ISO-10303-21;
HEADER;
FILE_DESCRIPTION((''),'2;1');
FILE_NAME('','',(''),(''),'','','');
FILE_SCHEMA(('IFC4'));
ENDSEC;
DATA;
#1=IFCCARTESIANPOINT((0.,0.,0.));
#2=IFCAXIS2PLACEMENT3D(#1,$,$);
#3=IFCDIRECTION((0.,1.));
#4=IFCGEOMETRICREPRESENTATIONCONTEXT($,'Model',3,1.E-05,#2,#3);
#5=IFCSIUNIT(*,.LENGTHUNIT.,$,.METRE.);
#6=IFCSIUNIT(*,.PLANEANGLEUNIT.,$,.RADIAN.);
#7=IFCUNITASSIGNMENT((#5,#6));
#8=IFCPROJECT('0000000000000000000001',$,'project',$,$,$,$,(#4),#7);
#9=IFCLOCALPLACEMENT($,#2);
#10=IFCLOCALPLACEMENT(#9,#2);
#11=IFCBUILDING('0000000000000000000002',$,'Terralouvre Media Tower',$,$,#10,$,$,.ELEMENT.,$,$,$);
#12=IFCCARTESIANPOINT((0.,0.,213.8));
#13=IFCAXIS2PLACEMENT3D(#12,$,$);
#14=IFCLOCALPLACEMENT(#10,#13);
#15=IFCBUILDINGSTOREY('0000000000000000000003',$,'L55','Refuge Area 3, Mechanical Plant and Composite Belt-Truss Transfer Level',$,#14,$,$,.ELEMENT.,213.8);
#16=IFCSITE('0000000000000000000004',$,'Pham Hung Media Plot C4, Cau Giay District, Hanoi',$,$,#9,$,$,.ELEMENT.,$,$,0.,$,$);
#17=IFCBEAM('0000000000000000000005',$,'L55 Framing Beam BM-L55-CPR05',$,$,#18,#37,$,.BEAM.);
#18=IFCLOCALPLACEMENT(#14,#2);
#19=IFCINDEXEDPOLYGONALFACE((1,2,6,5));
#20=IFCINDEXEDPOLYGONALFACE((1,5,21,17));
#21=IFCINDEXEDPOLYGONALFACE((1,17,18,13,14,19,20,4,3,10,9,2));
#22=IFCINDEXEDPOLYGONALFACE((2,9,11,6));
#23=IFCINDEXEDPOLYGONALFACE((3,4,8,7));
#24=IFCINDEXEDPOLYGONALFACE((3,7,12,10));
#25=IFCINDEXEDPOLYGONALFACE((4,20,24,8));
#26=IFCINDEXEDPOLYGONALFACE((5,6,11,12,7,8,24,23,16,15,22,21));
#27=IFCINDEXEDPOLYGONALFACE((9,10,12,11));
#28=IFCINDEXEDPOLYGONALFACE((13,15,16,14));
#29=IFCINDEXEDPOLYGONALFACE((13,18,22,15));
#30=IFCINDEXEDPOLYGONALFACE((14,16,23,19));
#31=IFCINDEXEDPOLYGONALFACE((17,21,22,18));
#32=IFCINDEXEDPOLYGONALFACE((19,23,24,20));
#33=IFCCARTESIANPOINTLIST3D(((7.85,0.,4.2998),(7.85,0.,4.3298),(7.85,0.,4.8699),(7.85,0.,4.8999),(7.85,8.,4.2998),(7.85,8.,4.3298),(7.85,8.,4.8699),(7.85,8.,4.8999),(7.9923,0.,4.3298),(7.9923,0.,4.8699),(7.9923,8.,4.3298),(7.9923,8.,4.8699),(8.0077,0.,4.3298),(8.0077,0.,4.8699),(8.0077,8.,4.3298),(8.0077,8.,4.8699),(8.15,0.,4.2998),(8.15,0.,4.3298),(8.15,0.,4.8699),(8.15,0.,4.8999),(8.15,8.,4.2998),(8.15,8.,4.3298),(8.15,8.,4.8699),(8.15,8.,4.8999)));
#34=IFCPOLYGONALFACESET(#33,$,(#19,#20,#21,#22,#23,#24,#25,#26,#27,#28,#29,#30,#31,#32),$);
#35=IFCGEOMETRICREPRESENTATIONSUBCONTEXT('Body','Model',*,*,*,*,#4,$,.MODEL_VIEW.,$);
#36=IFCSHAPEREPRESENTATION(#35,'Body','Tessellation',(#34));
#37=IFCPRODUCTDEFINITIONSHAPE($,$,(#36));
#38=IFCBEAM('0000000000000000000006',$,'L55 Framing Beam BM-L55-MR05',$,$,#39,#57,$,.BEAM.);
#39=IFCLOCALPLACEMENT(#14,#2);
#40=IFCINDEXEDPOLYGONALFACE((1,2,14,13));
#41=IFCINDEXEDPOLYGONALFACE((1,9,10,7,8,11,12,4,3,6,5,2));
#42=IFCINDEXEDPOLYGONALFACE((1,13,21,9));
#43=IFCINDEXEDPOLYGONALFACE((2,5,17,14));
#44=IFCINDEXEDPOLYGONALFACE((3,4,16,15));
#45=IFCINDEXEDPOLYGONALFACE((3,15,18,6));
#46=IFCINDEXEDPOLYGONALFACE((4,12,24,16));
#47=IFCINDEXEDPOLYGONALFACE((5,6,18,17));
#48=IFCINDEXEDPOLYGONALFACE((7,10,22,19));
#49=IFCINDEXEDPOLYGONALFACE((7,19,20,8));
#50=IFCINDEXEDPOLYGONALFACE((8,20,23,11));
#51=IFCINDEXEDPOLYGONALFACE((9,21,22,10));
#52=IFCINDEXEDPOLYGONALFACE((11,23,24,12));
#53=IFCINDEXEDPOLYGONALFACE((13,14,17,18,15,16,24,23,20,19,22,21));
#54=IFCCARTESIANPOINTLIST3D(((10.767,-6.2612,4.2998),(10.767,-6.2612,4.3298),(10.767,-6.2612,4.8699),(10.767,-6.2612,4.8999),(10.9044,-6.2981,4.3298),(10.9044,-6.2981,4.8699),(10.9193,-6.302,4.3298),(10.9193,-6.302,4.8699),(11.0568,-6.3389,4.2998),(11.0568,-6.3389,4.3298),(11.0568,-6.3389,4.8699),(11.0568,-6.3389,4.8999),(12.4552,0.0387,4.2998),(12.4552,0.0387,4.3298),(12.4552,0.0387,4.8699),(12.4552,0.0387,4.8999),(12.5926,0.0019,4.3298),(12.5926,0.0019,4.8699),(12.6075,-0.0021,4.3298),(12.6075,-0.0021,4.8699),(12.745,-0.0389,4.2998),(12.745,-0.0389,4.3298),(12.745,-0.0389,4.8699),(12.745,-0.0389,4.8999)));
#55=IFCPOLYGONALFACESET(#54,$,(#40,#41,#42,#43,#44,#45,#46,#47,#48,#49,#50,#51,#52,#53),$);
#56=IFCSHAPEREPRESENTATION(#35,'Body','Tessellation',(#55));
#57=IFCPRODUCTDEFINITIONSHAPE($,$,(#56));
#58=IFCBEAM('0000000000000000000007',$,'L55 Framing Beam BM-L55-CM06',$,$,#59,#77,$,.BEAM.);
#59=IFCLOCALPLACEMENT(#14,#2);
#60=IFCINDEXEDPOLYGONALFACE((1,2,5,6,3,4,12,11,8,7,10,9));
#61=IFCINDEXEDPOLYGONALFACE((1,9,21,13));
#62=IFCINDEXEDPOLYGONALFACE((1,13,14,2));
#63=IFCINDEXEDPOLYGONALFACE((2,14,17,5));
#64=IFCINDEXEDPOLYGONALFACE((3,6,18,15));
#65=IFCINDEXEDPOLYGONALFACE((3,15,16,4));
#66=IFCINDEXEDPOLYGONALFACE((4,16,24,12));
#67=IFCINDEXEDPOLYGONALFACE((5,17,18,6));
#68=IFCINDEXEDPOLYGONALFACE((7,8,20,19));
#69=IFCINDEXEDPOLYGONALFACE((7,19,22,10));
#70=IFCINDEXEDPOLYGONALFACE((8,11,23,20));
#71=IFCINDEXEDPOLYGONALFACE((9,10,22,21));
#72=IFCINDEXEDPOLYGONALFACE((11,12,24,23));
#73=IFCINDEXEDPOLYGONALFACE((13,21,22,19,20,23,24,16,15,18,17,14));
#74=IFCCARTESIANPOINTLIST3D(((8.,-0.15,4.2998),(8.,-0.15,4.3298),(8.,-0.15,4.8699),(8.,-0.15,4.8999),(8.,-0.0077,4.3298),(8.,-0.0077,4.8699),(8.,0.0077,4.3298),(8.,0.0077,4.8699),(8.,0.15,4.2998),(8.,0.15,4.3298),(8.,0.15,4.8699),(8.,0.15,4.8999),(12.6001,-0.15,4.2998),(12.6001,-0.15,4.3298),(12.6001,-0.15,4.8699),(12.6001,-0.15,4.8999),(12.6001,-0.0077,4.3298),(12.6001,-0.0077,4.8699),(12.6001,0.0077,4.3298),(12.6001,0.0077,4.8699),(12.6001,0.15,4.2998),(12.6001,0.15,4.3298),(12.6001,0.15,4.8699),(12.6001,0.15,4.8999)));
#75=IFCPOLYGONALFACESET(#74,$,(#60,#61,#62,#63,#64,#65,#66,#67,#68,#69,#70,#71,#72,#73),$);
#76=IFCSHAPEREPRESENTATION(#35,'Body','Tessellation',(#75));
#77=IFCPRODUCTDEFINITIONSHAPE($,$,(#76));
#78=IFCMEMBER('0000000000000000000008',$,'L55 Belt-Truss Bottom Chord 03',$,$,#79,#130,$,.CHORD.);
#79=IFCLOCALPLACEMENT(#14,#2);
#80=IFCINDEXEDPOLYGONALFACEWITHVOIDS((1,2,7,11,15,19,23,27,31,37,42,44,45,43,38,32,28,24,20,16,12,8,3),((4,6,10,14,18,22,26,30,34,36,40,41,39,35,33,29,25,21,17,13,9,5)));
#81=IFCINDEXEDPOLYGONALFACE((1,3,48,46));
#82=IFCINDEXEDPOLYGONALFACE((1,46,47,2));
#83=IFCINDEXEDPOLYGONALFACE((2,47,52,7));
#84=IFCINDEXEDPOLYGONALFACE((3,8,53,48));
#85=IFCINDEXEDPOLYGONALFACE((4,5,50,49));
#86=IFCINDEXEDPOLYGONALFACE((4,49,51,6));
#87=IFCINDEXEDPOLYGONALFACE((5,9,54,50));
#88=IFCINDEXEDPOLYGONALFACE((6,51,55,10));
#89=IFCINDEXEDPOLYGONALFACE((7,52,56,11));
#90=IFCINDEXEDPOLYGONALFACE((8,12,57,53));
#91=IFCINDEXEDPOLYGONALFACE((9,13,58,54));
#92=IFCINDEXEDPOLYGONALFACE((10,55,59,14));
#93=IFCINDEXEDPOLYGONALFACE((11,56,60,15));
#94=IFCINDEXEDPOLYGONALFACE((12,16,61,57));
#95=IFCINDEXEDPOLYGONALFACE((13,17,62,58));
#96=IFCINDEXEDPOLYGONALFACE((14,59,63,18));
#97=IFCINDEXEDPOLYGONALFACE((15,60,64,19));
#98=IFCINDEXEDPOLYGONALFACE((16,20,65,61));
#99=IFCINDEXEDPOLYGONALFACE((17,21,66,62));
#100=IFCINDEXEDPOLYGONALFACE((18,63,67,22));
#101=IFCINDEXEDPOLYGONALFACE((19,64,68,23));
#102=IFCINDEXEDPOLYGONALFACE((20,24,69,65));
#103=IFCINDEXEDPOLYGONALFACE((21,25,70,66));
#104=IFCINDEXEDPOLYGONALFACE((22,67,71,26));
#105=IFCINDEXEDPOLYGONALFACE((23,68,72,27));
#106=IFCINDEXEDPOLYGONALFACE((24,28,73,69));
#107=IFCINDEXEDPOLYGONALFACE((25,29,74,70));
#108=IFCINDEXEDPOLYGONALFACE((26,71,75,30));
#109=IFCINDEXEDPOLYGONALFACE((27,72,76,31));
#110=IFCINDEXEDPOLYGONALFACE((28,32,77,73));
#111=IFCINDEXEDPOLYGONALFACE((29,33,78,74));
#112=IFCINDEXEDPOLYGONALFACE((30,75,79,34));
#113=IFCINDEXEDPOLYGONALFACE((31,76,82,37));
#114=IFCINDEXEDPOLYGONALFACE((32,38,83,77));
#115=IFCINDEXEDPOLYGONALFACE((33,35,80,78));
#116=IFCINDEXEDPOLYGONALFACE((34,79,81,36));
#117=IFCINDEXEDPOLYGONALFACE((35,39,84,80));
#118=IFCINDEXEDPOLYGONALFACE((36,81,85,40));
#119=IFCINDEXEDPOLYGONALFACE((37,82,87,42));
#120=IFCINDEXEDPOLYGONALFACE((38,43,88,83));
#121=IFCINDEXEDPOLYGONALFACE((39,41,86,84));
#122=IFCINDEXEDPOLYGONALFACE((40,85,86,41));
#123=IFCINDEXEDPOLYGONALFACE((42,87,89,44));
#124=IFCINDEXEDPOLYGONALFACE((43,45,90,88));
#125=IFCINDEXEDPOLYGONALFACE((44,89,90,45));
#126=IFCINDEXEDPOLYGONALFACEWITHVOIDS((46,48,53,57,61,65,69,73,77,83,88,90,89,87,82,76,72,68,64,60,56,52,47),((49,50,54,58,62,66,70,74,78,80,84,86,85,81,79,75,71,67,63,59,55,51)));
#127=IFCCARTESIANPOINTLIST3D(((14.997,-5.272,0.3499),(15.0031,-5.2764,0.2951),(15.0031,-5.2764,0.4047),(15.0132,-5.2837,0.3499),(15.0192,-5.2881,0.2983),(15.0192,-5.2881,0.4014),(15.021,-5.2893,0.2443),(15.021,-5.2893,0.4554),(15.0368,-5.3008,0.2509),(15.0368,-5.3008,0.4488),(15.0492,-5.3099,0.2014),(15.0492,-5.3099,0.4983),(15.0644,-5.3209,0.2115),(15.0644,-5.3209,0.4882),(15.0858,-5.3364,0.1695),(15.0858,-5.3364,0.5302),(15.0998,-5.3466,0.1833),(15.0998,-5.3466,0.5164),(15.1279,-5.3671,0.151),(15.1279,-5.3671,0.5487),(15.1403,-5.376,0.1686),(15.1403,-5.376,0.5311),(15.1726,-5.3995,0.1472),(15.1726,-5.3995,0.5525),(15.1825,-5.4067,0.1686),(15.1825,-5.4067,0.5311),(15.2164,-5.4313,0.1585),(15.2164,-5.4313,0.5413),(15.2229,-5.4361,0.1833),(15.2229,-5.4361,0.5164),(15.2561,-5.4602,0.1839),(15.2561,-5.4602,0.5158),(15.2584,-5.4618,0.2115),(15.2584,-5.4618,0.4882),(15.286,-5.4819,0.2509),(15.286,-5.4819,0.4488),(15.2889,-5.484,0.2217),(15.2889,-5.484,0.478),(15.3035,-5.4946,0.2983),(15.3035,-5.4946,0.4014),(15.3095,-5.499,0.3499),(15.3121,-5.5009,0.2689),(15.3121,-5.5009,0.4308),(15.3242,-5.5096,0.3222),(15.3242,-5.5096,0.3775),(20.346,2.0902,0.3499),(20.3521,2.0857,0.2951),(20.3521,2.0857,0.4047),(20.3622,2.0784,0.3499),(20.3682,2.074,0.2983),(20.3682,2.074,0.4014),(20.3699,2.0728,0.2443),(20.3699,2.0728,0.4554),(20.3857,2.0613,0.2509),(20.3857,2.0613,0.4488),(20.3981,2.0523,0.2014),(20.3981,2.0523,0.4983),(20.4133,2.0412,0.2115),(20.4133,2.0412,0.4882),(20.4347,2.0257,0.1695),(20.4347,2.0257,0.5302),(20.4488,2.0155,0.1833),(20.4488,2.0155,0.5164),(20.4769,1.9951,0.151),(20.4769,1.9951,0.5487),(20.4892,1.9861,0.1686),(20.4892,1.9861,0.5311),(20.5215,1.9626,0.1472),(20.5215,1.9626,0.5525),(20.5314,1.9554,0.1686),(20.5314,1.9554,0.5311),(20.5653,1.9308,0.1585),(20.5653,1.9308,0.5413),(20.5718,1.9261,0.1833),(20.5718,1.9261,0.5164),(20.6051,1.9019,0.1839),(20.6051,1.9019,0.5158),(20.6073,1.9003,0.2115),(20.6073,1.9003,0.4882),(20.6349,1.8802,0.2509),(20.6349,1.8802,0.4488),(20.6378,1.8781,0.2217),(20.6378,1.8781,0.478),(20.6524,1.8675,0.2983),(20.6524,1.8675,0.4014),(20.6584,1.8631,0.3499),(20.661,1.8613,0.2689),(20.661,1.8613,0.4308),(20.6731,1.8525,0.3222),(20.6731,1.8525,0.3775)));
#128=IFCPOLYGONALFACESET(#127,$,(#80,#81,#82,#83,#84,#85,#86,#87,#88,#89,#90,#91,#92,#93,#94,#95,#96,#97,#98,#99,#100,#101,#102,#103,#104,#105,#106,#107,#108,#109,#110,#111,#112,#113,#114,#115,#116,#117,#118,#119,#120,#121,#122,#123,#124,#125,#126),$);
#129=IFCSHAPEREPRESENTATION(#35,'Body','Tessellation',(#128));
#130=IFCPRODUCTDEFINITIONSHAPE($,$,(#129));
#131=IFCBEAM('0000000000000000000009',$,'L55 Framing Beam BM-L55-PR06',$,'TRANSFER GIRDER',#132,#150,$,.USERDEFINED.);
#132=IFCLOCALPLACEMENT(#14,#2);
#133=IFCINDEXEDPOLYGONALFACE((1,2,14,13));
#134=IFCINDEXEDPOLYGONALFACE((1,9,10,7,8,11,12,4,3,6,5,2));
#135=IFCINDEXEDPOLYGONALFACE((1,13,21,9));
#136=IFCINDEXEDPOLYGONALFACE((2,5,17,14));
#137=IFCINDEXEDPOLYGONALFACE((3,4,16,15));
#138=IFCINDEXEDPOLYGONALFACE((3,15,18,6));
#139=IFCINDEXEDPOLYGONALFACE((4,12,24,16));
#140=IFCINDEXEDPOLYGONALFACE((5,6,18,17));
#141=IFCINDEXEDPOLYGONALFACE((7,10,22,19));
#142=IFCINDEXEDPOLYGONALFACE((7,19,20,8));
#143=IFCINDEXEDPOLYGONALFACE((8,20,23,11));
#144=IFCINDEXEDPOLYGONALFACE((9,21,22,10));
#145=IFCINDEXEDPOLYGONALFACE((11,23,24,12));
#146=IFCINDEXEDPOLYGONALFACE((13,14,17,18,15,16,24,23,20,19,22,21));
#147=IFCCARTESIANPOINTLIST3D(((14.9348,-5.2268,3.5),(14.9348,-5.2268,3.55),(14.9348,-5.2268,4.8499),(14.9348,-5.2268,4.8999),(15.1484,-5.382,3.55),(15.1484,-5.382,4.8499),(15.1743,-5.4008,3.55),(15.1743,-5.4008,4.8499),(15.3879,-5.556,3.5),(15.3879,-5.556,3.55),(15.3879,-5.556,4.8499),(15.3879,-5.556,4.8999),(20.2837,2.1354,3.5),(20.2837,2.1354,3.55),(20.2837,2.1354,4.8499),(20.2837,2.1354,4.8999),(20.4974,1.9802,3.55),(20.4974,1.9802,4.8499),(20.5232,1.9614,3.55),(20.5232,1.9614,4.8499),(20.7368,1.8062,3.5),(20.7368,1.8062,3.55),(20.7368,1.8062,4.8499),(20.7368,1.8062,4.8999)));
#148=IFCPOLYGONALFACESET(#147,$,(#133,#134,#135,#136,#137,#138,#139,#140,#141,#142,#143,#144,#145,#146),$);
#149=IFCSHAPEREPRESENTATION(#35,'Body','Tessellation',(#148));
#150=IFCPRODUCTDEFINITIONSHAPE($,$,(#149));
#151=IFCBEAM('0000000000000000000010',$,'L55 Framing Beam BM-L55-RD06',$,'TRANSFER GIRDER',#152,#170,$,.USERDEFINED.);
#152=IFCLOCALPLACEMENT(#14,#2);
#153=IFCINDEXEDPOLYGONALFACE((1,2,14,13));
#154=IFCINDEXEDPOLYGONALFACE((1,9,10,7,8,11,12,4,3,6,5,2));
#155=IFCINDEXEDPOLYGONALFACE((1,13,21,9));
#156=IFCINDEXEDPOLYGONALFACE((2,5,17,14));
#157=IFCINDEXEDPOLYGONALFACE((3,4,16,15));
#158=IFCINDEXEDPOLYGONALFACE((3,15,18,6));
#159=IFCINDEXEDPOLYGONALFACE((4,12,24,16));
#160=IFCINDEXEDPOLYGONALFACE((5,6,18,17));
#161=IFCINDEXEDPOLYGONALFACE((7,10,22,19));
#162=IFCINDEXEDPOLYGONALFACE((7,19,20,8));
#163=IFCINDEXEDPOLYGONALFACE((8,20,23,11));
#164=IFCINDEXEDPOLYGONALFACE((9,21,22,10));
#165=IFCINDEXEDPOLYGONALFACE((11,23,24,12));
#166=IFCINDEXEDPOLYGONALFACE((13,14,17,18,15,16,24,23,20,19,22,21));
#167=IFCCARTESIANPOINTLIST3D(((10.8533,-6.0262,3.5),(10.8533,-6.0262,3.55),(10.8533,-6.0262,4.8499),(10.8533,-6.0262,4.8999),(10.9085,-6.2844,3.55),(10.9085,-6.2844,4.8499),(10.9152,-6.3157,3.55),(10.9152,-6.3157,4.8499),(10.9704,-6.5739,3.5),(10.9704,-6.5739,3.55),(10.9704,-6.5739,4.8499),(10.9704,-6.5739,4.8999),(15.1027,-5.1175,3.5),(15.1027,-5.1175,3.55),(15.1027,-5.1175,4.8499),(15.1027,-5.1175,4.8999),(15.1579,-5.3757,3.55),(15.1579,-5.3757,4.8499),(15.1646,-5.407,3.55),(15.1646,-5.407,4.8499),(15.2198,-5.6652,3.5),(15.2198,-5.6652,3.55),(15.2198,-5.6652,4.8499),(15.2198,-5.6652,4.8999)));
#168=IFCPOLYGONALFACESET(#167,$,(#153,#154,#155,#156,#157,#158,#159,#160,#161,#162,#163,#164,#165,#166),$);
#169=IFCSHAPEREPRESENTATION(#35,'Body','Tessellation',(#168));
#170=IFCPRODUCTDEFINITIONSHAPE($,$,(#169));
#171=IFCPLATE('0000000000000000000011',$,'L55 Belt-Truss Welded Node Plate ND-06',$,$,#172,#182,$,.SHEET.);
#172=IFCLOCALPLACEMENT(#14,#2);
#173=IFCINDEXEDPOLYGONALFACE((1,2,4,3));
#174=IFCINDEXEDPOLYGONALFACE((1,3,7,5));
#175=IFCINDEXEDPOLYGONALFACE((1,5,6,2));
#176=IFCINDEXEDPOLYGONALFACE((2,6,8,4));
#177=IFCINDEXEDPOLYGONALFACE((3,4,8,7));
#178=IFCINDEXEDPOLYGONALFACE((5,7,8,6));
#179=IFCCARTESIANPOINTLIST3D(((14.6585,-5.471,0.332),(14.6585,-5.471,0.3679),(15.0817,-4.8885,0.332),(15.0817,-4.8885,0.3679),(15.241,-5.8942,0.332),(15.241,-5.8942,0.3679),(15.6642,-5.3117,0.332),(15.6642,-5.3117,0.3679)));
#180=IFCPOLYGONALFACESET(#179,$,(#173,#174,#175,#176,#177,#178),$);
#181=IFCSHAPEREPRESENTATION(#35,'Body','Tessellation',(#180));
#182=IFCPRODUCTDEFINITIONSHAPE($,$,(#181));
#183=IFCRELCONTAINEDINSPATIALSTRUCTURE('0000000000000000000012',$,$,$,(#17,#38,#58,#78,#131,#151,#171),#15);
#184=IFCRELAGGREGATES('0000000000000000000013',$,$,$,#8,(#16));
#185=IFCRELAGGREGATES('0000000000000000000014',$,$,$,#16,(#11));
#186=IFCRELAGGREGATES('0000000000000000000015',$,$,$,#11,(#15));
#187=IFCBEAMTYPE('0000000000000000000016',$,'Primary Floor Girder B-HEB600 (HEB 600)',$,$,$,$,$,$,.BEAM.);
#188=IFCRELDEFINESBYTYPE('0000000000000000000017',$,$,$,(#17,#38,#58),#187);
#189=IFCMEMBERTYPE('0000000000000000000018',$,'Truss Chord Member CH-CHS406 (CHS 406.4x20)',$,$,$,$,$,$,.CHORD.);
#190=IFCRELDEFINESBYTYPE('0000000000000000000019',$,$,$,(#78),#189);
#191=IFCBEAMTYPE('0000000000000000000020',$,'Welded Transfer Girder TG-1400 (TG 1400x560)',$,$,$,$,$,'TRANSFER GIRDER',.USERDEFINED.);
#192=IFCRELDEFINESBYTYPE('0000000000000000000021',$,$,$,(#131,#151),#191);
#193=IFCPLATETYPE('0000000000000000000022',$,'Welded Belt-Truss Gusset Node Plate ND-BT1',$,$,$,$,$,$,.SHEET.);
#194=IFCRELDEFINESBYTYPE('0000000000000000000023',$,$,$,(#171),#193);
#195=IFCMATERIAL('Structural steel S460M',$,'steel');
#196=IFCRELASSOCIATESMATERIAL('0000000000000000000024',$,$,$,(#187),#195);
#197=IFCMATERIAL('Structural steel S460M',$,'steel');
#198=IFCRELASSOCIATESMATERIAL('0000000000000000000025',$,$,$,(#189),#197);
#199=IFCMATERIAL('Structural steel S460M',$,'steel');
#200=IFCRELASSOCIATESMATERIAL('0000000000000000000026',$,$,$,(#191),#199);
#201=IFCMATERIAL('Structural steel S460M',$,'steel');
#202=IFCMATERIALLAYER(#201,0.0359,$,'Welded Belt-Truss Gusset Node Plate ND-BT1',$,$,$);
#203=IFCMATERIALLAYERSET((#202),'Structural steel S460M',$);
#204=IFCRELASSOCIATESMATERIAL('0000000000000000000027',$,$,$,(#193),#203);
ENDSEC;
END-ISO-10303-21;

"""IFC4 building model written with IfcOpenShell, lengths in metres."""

from ifc_helpers import new_model, si_unit, direction, frame, origin, origin_2d, place, context, subcontext, project, spatial, rectangle, hollow_circle, i_section, extrude, material, layer, layer_set, material_profile, profile_set, type_object, element, save


model = new_model("IFC4")

# Units and contexts
model_context = context("Model", 3, precision=1e-05, world=origin(), true_north=direction((0.0, 1.0)))
body_context = subcontext(model_context, "Body", "Model", "MODEL_VIEW")
ifc_project = project(units=[si_unit("LENGTHUNIT", "METRE"), si_unit("PLANEANGLEUNIT", "RADIAN")], contexts=[model_context])

# Site, building, storey
site_placement = place(None, origin())
site = spatial("IfcSite", under=ifc_project, at=site_placement, Name="Pham Hung Media Plot C4, Cau Giay District, Hanoi", CompositionType="ELEMENT", RefElevation=0.0)
building_placement = place(site_placement, origin())
building = spatial("IfcBuilding", under=site, at=building_placement, Name="Terralouvre Media Tower", CompositionType="ELEMENT")
storey_placement = place(building_placement, frame((0.0, 0.0, 213.8)))
storey = spatial("IfcBuildingStorey", under=building, at=storey_placement, Name="L55", Description="Refuge Area 3, Mechanical Plant and Composite Belt-Truss Transfer Level", CompositionType="ELEMENT", Elevation=213.8)

# Beams
ifc_material_1 = material(Name="Structural steel S460M", Category="steel")
ifc_material_profile_1 = material_profile(ifc_material_1, i_section(OverallWidth=0.3, OverallDepth=0.6001, WebThickness=0.0154, FlangeThickness=0.03, at=origin_2d()), Name="HEB 600")
ifc_profile_set_1 = profile_set([ifc_material_profile_1], Name="Structural steel S460M")
beam_type_1 = type_object("IfcBeamType", Name="Primary Floor Girder B-HEB600 (HEB 600)", PredefinedType="BEAM", material=ifc_profile_set_1)
beam_1_placement = place(storey_placement, frame((8.0, 0.0, 4.5999), z_axis=(0.0, 1.0, 0.0), x_axis=(-1.0, 0.0, 0.0)))
element("IfcBeam", 1, at=beam_1_placement, inside=storey, type_object=beam_type_1, Name="L55 Framing Beam BM-L55-CPR05", PredefinedType="BEAM", context=body_context, shape_type="SweptSolid", body=[
    extrude(i_section(OverallWidth=0.3, OverallDepth=0.6001, WebThickness=0.0154, FlangeThickness=0.03, at=origin_2d()), origin(), (0.0, 0.0, 1.0), 8.0),
])
beam_2_placement = place(storey_placement, frame((10.9119, -6.3, 4.5999), z_axis=(0.258839, 0.96592, 0.0), x_axis=(-0.96592, 0.258839, 0.0)))
element("IfcBeam", 2, at=beam_2_placement, inside=storey, type_object=beam_type_1, Name="L55 Framing Beam BM-L55-MR05", PredefinedType="BEAM", context=body_context, shape_type="SweptSolid", body=[
    extrude(i_section(OverallWidth=0.3, OverallDepth=0.6001, WebThickness=0.0154, FlangeThickness=0.03, at=origin_2d()), origin(), (0.0, 0.0, 1.0), 6.5222),
])
beam_3_placement = place(storey_placement, frame((8.0, 0.0, 4.5999), z_axis=(1.0, 0.0, 0.0), x_axis=(0.0, 1.0, 0.0)))
element("IfcBeam", 3, at=beam_3_placement, inside=storey, type_object=beam_type_1, Name="L55 Framing Beam BM-L55-CM06", PredefinedType="BEAM", context=body_context, shape_type="SweptSolid", body=[
    extrude(i_section(OverallWidth=0.3, OverallDepth=0.6001, WebThickness=0.0154, FlangeThickness=0.03, at=origin_2d()), origin(), (0.0, 0.0, 1.0), 4.6001),
])

# Member
ifc_material_2 = material(Name="Structural steel S460M", Category="steel")
ifc_material_profile_2 = material_profile(ifc_material_2, hollow_circle(Radius=0.2031, WallThickness=0.02, at=origin_2d()), Name="CHS 406.4x20")
ifc_profile_set_2 = profile_set([ifc_material_profile_2], Name="Structural steel S460M")
member_type_1 = type_object("IfcMemberType", Name="Truss Chord Member CH-CHS406 (CHS 406.4x20)", PredefinedType="CHORD", material=ifc_profile_set_2)
member_1_placement = place(storey_placement, frame((15.1614, -5.3914, 0.3499), z_axis=(0.587787, 0.809016, 0.0), x_axis=(-0.809016, 0.587787, 0.0)))
element("IfcMember", 4, at=member_1_placement, inside=storey, type_object=member_type_1, Name="L55 Belt-Truss Bottom Chord 03", PredefinedType="CHORD", context=body_context, shape_type="SweptSolid", body=[
    extrude(hollow_circle(Radius=0.2031, WallThickness=0.02, at=origin_2d()), origin(), (0.0, 0.0, 1.0), 9.1001),
])

# Beams
ifc_material_3 = material(Name="Structural steel S460M", Category="steel")
ifc_material_profile_3 = material_profile(ifc_material_3, i_section(OverallWidth=0.5601, OverallDepth=1.3999, WebThickness=0.032, FlangeThickness=0.05, at=origin_2d()), Name="TG 1400x560")
ifc_profile_set_3 = profile_set([ifc_material_profile_3], Name="Structural steel S460M")
beam_type_2 = type_object("IfcBeamType", Name="Welded Transfer Girder TG-1400 (TG 1400x560)", ElementType="TRANSFER GIRDER", PredefinedType="USERDEFINED", material=ifc_profile_set_3)
beam_4_placement = place(storey_placement, frame((15.1614, -5.3914, 4.2), z_axis=(0.587787, 0.809016, 0.0), x_axis=(-0.809016, 0.587787, 0.0)))
element("IfcBeam", 5, at=beam_4_placement, inside=storey, type_object=beam_type_2, Name="L55 Framing Beam BM-L55-PR06", ObjectType="TRANSFER GIRDER", PredefinedType="USERDEFINED", context=body_context, shape_type="SweptSolid", body=[
    extrude(i_section(OverallWidth=0.5601, OverallDepth=1.3999, WebThickness=0.032, FlangeThickness=0.05, at=origin_2d()), origin(), (0.0, 0.0, 1.0), 9.1001),
])
beam_5_placement = place(storey_placement, frame((10.9119, -6.3, 4.2), z_axis=(0.977893, 0.209107, 0.0), x_axis=(-0.209107, 0.977893, 0.0)))
element("IfcBeam", 6, at=beam_5_placement, inside=storey, type_object=beam_type_2, Name="L55 Framing Beam BM-L55-RD06", ObjectType="TRANSFER GIRDER", PredefinedType="USERDEFINED", context=body_context, shape_type="SweptSolid", body=[
    extrude(i_section(OverallWidth=0.5601, OverallDepth=1.3999, WebThickness=0.032, FlangeThickness=0.05, at=origin_2d()), origin(), (0.0, 0.0, 1.0), 4.3455),
])

# Plate
ifc_material_4 = material(Name="Structural steel S460M", Category="steel")
ifc_layer_1 = layer(ifc_material_4, 0.0359, Name="Welded Belt-Truss Gusset Node Plate ND-BT1")
ifc_layer_set_1 = layer_set([ifc_layer_1], Name="Structural steel S460M")
plate_type = type_object("IfcPlateType", Name="Welded Belt-Truss Gusset Node Plate ND-BT1", PredefinedType="SHEET", material=ifc_layer_set_1)
for number, where, z_axis, x_axis, name in (
    (7, (15.1614, -5.3914, 0.332), (0.0, 0.0, 1.0), (0.587785, 0.809017, 0.0), "L55 Belt-Truss Welded Node Plate ND-06"),
):
    element("IfcPlate", number, at=place(storey_placement, frame(where, z_axis=z_axis, x_axis=x_axis)), inside=storey, type_object=plate_type, Name=name, PredefinedType="SHEET", context=body_context, shape_type="SweptSolid", body=[
        extrude(rectangle(XDim=0.72, YDim=0.72, at=origin_2d()), origin(), (0.0, 0.0, 1.0), 0.0359),
    ])

save(model, "model.ifc")
